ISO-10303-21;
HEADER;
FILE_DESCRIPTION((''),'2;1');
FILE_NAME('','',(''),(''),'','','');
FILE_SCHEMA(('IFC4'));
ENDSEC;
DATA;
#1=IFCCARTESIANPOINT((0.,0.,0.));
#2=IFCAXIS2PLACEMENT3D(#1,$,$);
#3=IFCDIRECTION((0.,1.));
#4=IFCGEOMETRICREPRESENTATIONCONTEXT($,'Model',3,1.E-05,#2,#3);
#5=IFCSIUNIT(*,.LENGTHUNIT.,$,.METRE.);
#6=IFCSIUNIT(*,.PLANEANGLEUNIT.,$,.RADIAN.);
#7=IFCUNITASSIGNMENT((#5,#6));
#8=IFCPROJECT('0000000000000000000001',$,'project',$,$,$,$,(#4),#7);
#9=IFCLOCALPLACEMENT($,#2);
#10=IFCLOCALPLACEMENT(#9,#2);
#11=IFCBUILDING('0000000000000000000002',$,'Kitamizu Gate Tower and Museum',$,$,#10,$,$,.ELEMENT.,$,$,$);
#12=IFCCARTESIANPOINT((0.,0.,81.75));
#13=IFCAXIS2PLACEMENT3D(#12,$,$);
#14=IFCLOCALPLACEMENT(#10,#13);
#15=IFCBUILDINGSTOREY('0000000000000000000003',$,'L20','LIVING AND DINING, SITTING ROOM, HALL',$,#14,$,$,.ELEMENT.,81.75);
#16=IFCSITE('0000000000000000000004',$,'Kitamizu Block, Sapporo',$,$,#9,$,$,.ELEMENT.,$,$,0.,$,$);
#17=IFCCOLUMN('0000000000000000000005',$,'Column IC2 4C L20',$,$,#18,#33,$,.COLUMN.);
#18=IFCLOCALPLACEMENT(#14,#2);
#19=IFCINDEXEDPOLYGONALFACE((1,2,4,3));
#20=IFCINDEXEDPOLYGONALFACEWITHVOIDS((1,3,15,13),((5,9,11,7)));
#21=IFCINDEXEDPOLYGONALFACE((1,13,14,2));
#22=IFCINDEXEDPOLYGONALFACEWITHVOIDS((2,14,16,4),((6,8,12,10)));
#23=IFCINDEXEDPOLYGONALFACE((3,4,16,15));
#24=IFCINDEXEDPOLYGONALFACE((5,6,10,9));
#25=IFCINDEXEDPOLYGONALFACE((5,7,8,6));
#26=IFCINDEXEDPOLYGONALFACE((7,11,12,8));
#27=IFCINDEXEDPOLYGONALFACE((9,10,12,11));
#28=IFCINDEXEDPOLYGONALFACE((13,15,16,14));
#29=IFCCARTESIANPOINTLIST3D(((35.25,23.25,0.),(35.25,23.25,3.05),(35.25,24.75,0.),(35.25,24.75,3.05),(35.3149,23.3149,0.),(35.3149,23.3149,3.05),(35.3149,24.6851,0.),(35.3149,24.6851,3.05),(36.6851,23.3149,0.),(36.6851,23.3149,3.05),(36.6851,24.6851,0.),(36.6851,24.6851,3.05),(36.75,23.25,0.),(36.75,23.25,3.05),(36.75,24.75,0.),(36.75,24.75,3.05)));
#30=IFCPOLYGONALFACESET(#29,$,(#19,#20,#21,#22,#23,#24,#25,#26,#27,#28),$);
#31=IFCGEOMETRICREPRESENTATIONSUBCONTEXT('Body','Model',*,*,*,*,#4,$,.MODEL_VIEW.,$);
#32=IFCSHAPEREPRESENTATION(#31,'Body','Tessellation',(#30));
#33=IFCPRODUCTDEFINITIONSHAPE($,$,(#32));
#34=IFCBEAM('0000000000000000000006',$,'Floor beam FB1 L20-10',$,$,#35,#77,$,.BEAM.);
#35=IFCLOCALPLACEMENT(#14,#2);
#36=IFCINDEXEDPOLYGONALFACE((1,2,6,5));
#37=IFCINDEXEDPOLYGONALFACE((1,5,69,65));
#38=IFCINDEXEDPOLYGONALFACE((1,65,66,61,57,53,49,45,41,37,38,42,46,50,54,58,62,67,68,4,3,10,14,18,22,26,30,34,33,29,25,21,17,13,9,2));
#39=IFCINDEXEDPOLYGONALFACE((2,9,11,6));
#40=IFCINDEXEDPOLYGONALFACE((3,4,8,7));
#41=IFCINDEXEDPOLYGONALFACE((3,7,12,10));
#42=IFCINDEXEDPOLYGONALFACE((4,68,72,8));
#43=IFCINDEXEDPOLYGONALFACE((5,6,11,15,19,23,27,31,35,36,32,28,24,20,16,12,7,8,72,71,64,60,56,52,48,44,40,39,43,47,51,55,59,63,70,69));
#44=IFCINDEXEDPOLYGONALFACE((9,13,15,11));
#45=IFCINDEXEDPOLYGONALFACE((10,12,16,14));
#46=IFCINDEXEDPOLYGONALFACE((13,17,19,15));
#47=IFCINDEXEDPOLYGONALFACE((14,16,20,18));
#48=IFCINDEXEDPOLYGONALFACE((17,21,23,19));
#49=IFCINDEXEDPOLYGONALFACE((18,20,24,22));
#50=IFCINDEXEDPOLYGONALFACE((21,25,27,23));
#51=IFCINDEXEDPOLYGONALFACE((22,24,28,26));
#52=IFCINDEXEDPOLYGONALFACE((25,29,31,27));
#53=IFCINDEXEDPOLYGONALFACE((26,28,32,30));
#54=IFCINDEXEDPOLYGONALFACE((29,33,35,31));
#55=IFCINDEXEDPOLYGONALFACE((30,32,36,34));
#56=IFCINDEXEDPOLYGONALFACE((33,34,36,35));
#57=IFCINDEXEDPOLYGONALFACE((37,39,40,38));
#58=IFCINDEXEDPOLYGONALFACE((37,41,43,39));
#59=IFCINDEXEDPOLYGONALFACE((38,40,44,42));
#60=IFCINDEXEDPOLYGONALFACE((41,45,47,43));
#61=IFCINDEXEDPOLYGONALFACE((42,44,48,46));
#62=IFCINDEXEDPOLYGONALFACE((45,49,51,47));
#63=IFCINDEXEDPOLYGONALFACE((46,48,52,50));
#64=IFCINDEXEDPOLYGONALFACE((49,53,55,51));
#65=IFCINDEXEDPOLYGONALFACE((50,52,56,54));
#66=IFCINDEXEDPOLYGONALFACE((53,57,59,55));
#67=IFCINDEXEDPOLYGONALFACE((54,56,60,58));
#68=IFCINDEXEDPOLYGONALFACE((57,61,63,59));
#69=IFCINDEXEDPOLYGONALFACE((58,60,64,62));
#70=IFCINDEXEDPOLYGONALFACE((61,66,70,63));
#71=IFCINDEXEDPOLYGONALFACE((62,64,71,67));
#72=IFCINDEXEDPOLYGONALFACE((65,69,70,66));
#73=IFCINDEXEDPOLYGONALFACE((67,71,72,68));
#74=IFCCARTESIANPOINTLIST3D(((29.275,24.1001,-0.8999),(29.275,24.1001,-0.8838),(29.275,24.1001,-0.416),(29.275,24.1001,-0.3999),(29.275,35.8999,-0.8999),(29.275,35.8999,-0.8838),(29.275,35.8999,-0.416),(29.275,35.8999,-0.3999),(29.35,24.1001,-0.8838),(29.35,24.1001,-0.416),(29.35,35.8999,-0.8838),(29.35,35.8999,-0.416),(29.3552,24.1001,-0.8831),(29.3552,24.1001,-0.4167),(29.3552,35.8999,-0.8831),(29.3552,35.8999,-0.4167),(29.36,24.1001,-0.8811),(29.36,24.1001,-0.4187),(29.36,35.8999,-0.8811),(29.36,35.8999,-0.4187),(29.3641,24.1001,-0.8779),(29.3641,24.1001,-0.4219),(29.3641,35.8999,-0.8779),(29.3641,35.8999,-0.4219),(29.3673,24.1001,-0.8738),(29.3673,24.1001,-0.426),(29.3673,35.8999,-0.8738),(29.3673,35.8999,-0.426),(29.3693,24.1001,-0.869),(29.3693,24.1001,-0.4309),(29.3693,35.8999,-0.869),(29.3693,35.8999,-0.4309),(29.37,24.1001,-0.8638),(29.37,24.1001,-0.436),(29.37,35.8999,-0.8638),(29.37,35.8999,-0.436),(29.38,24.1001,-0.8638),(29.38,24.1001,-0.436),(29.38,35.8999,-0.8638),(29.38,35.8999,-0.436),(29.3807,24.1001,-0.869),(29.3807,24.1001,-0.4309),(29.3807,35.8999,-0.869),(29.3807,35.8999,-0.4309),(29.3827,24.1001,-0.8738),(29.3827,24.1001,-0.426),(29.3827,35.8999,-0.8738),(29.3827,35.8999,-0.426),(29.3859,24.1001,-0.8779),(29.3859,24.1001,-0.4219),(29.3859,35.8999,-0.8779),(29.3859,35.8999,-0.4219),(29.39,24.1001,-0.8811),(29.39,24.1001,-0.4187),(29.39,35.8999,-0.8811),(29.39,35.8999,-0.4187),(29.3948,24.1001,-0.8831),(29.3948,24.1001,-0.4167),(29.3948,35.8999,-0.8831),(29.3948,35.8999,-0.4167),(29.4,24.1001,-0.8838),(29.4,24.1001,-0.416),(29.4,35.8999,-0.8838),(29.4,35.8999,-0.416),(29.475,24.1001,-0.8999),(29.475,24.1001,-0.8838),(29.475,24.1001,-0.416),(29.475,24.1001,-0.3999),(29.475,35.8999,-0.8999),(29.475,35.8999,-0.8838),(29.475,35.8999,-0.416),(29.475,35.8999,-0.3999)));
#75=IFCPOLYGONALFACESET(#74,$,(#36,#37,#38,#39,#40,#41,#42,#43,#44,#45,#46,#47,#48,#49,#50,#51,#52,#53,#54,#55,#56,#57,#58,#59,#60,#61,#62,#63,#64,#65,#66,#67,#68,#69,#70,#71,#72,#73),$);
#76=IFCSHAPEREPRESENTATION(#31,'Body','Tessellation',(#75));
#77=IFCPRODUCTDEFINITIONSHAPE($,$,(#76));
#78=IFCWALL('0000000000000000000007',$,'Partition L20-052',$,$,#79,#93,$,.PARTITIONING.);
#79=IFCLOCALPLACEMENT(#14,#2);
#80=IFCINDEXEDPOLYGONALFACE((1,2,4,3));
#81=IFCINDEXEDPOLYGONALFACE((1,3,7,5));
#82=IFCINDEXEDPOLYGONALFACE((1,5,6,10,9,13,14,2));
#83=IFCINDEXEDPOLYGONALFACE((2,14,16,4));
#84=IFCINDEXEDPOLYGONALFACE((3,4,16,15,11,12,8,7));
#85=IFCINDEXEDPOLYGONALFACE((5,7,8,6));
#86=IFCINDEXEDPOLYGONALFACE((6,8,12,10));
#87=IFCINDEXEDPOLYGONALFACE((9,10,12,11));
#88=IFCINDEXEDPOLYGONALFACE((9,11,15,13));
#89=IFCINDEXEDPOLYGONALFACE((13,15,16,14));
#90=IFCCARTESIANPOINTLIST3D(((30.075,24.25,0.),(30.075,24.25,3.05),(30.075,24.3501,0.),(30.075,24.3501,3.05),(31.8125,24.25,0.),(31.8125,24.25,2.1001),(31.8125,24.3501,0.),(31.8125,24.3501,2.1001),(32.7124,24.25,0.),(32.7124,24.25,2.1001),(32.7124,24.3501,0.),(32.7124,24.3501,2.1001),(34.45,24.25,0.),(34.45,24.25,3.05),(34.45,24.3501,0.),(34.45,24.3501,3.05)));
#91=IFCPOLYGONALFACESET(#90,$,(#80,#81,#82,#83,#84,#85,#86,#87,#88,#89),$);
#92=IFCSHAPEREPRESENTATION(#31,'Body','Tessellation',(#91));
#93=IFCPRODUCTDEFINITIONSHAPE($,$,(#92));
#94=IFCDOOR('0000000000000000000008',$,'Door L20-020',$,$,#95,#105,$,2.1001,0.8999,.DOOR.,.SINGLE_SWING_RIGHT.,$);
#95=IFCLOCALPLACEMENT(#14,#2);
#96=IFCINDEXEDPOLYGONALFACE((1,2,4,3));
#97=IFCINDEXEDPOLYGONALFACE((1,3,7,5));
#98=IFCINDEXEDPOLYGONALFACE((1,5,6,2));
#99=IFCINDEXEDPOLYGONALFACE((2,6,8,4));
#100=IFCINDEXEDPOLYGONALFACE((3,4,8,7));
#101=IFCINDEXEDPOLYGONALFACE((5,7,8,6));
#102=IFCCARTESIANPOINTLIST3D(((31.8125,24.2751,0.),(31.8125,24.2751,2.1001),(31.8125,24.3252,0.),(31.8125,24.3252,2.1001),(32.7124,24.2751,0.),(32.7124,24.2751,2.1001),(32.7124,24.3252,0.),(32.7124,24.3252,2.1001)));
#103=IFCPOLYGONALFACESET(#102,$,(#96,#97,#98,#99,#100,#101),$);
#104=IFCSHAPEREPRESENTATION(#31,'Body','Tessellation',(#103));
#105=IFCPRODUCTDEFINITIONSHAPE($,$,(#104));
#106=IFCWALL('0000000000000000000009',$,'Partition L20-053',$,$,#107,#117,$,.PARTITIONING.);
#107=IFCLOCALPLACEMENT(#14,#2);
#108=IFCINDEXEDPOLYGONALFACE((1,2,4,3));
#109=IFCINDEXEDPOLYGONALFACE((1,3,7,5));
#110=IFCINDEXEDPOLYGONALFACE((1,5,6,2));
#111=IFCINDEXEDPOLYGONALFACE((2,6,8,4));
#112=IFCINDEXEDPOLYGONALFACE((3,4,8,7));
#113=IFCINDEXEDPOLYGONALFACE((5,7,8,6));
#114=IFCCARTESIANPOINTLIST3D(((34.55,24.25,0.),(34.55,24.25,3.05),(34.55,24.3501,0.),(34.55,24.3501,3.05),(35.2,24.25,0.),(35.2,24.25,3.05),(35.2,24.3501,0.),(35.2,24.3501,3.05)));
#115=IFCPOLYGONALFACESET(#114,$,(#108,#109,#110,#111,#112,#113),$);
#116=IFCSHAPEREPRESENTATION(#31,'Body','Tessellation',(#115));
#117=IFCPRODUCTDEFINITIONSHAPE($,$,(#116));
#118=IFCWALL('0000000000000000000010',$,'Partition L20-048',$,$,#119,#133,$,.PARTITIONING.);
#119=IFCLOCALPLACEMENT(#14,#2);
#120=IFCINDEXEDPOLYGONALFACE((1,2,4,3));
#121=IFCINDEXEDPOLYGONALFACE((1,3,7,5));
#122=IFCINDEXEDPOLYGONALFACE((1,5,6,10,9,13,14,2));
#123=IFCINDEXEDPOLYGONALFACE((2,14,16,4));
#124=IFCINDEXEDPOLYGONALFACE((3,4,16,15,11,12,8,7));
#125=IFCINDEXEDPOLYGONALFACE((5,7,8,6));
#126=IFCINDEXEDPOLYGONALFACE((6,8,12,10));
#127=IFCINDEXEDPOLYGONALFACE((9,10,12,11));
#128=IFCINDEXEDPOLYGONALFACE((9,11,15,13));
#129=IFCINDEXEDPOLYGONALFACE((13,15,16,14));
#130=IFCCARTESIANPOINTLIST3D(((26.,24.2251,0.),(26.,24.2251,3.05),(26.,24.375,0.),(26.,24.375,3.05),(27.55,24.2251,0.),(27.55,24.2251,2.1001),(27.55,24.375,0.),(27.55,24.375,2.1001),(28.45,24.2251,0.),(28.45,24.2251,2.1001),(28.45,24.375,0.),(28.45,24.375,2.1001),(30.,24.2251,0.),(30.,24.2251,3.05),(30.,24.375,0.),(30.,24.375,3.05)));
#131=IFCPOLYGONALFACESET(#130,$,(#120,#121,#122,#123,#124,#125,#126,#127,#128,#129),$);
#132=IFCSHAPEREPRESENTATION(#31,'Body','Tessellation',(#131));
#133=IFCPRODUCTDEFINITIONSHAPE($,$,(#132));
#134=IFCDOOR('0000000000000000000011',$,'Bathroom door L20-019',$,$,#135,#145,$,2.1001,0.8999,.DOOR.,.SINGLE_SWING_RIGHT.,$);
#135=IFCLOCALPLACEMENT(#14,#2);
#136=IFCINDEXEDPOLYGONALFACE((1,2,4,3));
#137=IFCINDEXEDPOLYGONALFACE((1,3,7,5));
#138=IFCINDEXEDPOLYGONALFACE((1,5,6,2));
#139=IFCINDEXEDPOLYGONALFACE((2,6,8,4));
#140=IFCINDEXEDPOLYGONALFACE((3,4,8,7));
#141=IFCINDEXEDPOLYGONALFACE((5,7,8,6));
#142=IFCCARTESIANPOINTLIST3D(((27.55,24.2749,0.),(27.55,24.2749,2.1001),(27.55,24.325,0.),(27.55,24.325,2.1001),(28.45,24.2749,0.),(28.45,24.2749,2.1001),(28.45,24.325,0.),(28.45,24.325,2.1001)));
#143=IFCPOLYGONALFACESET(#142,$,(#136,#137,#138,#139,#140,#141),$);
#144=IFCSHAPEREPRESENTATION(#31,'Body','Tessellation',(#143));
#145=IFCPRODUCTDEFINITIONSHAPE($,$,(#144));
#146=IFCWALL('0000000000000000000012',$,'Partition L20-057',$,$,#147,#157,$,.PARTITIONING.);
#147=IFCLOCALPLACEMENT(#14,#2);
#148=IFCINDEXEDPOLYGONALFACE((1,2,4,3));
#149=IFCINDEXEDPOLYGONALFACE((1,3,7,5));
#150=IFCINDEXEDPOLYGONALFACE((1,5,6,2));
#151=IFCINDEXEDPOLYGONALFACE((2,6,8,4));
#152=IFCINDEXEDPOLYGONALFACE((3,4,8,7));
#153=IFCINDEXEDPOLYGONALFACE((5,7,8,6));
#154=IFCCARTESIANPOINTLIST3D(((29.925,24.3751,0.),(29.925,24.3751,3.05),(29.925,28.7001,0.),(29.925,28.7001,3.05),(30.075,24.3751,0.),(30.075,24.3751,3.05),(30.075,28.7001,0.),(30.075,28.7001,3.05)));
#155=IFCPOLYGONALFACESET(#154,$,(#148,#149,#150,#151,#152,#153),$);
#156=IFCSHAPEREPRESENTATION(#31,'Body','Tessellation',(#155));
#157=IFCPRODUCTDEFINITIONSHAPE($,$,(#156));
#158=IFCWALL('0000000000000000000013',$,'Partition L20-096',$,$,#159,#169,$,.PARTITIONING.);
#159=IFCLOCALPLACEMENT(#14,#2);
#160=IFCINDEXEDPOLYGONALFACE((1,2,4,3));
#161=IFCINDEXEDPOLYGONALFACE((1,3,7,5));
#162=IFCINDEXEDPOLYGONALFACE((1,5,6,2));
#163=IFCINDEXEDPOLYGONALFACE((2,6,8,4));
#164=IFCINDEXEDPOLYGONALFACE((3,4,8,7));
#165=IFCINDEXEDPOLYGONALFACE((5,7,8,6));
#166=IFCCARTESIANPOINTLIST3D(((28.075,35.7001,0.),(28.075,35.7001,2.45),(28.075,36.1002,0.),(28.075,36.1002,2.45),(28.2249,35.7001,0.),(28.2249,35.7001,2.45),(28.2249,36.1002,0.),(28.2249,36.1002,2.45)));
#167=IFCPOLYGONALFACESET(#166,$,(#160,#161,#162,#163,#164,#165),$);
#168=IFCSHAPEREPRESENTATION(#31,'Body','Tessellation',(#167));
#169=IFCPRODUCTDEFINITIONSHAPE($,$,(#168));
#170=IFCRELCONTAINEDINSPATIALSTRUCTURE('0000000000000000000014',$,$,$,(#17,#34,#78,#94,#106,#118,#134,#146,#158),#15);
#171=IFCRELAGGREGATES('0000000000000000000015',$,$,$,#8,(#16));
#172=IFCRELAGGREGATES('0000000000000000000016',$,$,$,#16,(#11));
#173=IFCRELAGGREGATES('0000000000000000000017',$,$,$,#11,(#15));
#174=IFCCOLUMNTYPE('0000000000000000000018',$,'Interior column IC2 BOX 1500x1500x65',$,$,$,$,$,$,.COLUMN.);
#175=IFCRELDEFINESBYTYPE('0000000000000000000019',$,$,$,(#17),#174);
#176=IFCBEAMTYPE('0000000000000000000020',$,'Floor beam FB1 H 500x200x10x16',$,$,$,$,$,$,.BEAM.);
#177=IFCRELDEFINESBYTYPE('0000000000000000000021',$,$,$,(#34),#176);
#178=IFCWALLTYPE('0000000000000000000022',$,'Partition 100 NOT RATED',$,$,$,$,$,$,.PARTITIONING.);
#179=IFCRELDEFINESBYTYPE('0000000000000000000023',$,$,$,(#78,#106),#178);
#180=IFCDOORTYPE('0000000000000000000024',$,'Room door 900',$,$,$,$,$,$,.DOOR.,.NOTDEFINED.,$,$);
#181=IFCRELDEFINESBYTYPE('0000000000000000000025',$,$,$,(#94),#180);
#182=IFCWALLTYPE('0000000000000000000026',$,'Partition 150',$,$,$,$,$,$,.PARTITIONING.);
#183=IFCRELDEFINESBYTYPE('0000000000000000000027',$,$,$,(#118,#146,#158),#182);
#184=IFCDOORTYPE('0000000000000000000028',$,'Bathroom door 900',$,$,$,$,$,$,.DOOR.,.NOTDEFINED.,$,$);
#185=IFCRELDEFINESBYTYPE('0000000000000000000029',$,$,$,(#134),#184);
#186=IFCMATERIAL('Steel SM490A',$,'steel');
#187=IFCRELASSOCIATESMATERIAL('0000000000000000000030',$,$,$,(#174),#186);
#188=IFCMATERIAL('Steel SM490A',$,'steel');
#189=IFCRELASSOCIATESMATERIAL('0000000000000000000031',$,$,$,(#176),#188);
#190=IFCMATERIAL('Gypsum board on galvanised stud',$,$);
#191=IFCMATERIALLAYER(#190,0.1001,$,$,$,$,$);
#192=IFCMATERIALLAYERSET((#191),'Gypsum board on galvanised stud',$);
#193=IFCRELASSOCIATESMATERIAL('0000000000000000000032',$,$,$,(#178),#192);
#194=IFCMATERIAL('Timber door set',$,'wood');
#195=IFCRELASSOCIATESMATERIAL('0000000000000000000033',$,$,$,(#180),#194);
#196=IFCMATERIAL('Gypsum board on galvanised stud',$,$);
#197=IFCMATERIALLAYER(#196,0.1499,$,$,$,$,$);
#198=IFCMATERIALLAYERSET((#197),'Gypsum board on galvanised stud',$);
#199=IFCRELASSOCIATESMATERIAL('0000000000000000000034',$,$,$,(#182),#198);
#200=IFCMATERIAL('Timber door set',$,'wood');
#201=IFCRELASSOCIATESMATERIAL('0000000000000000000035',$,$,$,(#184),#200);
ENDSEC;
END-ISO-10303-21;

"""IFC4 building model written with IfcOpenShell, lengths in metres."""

from ifc_helpers import new_model, si_unit, direction, frame, frame_2d, origin, origin_2d, place, context, subcontext, project, spatial, rectangle, hollow_rectangle, i_section, extrude, material, layer, layer_set, material_profile, profile_set, type_object, element, fill, save


model = new_model("IFC4")

# Units and contexts
model_context = context("Model", 3, precision=1e-05, world=origin(), true_north=direction((0.0, 1.0)))
body_context = subcontext(model_context, "Body", "Model", "MODEL_VIEW")
ifc_project = project(units=[si_unit("LENGTHUNIT", "METRE"), si_unit("PLANEANGLEUNIT", "RADIAN")], contexts=[model_context])

# Site, building, storey
site_placement = place(None, origin())
site = spatial("IfcSite", under=ifc_project, at=site_placement, Name="Kitamizu Block, Sapporo", CompositionType="ELEMENT", RefElevation=0.0)
building_placement = place(site_placement, origin())
building = spatial("IfcBuilding", under=site, at=building_placement, Name="Kitamizu Gate Tower and Museum", CompositionType="ELEMENT")
storey_placement = place(building_placement, frame((0.0, 0.0, 81.75)))
storey = spatial("IfcBuildingStorey", under=building, at=storey_placement, Name="L20", Description="LIVING AND DINING, SITTING ROOM, HALL", CompositionType="ELEMENT", Elevation=81.75)

# Column
ifc_material_1 = material(Name="Steel SM490A", Category="steel")
ifc_material_profile_1 = material_profile(ifc_material_1, hollow_rectangle(XDim=1.5, YDim=1.5, WallThickness=0.0649, at=origin_2d()), Name="BOX 1500x1500x65")
ifc_profile_set_1 = profile_set([ifc_material_profile_1], Name="Steel SM490A")
column_type = type_object("IfcColumnType", Name="Interior column IC2 BOX 1500x1500x65", PredefinedType="COLUMN", material=ifc_profile_set_1)
column_placement = place(storey_placement, frame((36.0, 24.0, 0.0), z_axis=(0.0, 0.0, 1.0), x_axis=(1.0, 0.0, 0.0)))
element("IfcColumn", 1, at=column_placement, inside=storey, type_object=column_type, Name="Column IC2 4C L20", PredefinedType="COLUMN", context=body_context, shape_type="SweptSolid", body=[
    extrude(hollow_rectangle(XDim=1.5, YDim=1.5, WallThickness=0.0649, at=origin_2d()), origin(), (0.0, 0.0, 1.0), 3.05),
])

# Beam
ifc_material_2 = material(Name="Steel SM490A", Category="steel")
ifc_material_profile_2 = material_profile(ifc_material_2, i_section(OverallWidth=0.2, OverallDepth=0.5, WebThickness=0.01, FlangeThickness=0.0161, FilletRadius=0.02, at=origin_2d()), Name="H-500x200x10x16")
ifc_profile_set_2 = profile_set([ifc_material_profile_2], Name="Steel SM490A")
beam_type = type_object("IfcBeamType", Name="Floor beam FB1 H 500x200x10x16", PredefinedType="BEAM", material=ifc_profile_set_2)
beam_placement = place(storey_placement, frame((29.375, 24.1001, -0.6499), z_axis=(0.0, 1.0, 0.0), x_axis=(-1.0, 0.0, 0.0)))
element("IfcBeam", 2, at=beam_placement, inside=storey, type_object=beam_type, Name="Floor beam FB1 L20-10", PredefinedType="BEAM", context=body_context, shape_type="SweptSolid", body=[
    extrude(i_section(OverallWidth=0.2, OverallDepth=0.5, WebThickness=0.01, FlangeThickness=0.0161, FilletRadius=0.02, at=origin_2d()), origin(), (0.0, 0.0, 1.0), 11.7998),
])

# Wall, opening, door
ifc_material_3 = material(Name="Gypsum board on galvanised stud")
ifc_layer_1 = layer(ifc_material_3, 0.1001)
ifc_layer_set_1 = layer_set([ifc_layer_1], Name="Gypsum board on galvanised stud")
wall_type_1 = type_object("IfcWallType", Name="Partition 100 NOT RATED", PredefinedType="PARTITIONING", material=ifc_layer_set_1)
wall_1_placement = place(storey_placement, frame((34.45, 24.3, 0.0), z_axis=(0.0, 0.0, 1.0), x_axis=(-1.0, 0.0, 0.0)))
wall_1 = element("IfcWall", 3, at=wall_1_placement, inside=storey, type_object=wall_type_1, Name="Partition L20-052", PredefinedType="PARTITIONING", context=body_context, shape_type="SweptSolid", body=[
    extrude(rectangle(XDim=4.375, YDim=0.1001, at=frame_2d((2.1875, 0.0))), origin(), (0.0, 0.0, 1.0), 3.05),
])
opening_1_placement = place(wall_1_placement, frame((1.7375, 0.0, 0.0)))
opening_1 = element("IfcOpeningElement", 4, at=opening_1_placement, cuts=wall_1, PredefinedType="OPENING", context=body_context, shape_type="SweptSolid", body=[
    extrude(rectangle(XDim=0.8999, YDim=2.1001, at=frame_2d((0.45, 1.05))), frame((0.0, 0.0601, 0.0), z_axis=(0.0, -1.0, 0.0), x_axis=(1.0, 0.0, 0.0)), (0.0, 0.0, 1.0), 0.1201),
])
ifc_material_4 = material(Name="Timber door set", Category="wood")
door_type_1 = type_object("IfcDoorType", Name="Room door 900", OperationType="NOTDEFINED", PredefinedType="DOOR", material=ifc_material_4)
door_1_placement = place(opening_1_placement, origin())
door_1 = element("IfcDoor", 5, at=door_1_placement, inside=storey, type_object=door_type_1, Name="Door L20-020", OperationType="SINGLE_SWING_RIGHT", OverallHeight=2.1001, OverallWidth=0.8999, PredefinedType="DOOR", context=body_context, shape_type="SweptSolid", body=[
    extrude(rectangle(XDim=0.8999, YDim=2.1001, at=frame_2d((0.45, 1.05))), frame((0.0, 0.0249, 0.0), z_axis=(0.0, -1.0, 0.0), x_axis=(1.0, 0.0, 0.0)), (0.0, 0.0, 1.0), 0.05),
])
fill(opening_1, door_1)

# Wall
wall_2_placement = place(storey_placement, frame((35.2, 24.3, 0.0), z_axis=(0.0, 0.0, 1.0), x_axis=(-1.0, 0.0, 0.0)))
element("IfcWall", 6, at=wall_2_placement, inside=storey, type_object=wall_type_1, Name="Partition L20-053", PredefinedType="PARTITIONING", context=body_context, shape_type="SweptSolid", body=[
    extrude(rectangle(XDim=0.6499, YDim=0.1001, at=frame_2d((0.325, 0.0))), origin(), (0.0, 0.0, 1.0), 3.05),
])

# Wall, opening, door
ifc_material_5 = material(Name="Gypsum board on galvanised stud")
ifc_layer_2 = layer(ifc_material_5, 0.1499)
ifc_layer_set_2 = layer_set([ifc_layer_2], Name="Gypsum board on galvanised stud")
wall_type_2 = type_object("IfcWallType", Name="Partition 150", PredefinedType="PARTITIONING", material=ifc_layer_set_2)
wall_3_placement = place(storey_placement, frame((30.0, 24.3, 0.0), z_axis=(0.0, 0.0, 1.0), x_axis=(-1.0, 0.0, 0.0)))
wall_3 = element("IfcWall", 7, at=wall_3_placement, inside=storey, type_object=wall_type_2, Name="Partition L20-048", PredefinedType="PARTITIONING", context=body_context, shape_type="SweptSolid", body=[
    extrude(rectangle(XDim=4.0, YDim=0.1499, at=frame_2d((2.0, 0.0))), origin(), (0.0, 0.0, 1.0), 3.05),
])
opening_2_placement = place(wall_3_placement, frame((1.55, 0.0, 0.0)))
opening_2 = element("IfcOpeningElement", 8, at=opening_2_placement, cuts=wall_3, PredefinedType="OPENING", context=body_context, shape_type="SweptSolid", body=[
    extrude(rectangle(XDim=0.8999, YDim=2.1001, at=frame_2d((0.45, 1.05))), frame((0.0, 0.085, 0.0), z_axis=(0.0, -1.0, 0.0), x_axis=(1.0, 0.0, 0.0)), (0.0, 0.0, 1.0), 0.1699),
])
ifc_material_6 = material(Name="Timber door set", Category="wood")
door_type_2 = type_object("IfcDoorType", Name="Bathroom door 900", OperationType="NOTDEFINED", PredefinedType="DOOR", material=ifc_material_6)
door_2_placement = place(opening_2_placement, frame((0.8999, 0.0, 0.0), x_axis=(-1.0, 0.0, 0.0)))
door_2 = element("IfcDoor", 9, at=door_2_placement, inside=storey, type_object=door_type_2, Name="Bathroom door L20-019", OperationType="SINGLE_SWING_RIGHT", OverallHeight=2.1001, OverallWidth=0.8999, PredefinedType="DOOR", context=body_context, shape_type="SweptSolid", body=[
    extrude(rectangle(XDim=0.8999, YDim=2.1001, at=frame_2d((0.45, 1.05))), frame((0.0, 0.0249, 0.0), z_axis=(0.0, -1.0, 0.0), x_axis=(1.0, 0.0, 0.0)), (0.0, 0.0, 1.0), 0.05),
])
fill(opening_2, door_2)

# Walls
wall_4_placement = place(storey_placement, frame((30.0, 24.375, 0.0), z_axis=(0.0, 0.0, 1.0), x_axis=(0.0, 1.0, 0.0)))
element("IfcWall", 10, at=wall_4_placement, inside=storey, type_object=wall_type_2, Name="Partition L20-057", PredefinedType="PARTITIONING", context=body_context, shape_type="SweptSolid", body=[
    extrude(rectangle(XDim=4.325, YDim=0.1499, at=frame_2d((2.1626, 0.0))), origin(), (0.0, 0.0, 1.0), 3.05),
])
wall_5_placement = place(storey_placement, frame((28.1499, 35.7, 0.0), z_axis=(0.0, 0.0, 1.0), x_axis=(0.0, 1.0, 0.0)))
element("IfcWall", 11, at=wall_5_placement, inside=storey, type_object=wall_type_2, Name="Partition L20-096", PredefinedType="PARTITIONING", context=body_context, shape_type="SweptSolid", body=[
    extrude(rectangle(XDim=0.4001, YDim=0.1499, at=frame_2d((0.2002, 0.0))), origin(), (0.0, 0.0, 1.0), 2.45),
])

save(model, "model.ifc")
